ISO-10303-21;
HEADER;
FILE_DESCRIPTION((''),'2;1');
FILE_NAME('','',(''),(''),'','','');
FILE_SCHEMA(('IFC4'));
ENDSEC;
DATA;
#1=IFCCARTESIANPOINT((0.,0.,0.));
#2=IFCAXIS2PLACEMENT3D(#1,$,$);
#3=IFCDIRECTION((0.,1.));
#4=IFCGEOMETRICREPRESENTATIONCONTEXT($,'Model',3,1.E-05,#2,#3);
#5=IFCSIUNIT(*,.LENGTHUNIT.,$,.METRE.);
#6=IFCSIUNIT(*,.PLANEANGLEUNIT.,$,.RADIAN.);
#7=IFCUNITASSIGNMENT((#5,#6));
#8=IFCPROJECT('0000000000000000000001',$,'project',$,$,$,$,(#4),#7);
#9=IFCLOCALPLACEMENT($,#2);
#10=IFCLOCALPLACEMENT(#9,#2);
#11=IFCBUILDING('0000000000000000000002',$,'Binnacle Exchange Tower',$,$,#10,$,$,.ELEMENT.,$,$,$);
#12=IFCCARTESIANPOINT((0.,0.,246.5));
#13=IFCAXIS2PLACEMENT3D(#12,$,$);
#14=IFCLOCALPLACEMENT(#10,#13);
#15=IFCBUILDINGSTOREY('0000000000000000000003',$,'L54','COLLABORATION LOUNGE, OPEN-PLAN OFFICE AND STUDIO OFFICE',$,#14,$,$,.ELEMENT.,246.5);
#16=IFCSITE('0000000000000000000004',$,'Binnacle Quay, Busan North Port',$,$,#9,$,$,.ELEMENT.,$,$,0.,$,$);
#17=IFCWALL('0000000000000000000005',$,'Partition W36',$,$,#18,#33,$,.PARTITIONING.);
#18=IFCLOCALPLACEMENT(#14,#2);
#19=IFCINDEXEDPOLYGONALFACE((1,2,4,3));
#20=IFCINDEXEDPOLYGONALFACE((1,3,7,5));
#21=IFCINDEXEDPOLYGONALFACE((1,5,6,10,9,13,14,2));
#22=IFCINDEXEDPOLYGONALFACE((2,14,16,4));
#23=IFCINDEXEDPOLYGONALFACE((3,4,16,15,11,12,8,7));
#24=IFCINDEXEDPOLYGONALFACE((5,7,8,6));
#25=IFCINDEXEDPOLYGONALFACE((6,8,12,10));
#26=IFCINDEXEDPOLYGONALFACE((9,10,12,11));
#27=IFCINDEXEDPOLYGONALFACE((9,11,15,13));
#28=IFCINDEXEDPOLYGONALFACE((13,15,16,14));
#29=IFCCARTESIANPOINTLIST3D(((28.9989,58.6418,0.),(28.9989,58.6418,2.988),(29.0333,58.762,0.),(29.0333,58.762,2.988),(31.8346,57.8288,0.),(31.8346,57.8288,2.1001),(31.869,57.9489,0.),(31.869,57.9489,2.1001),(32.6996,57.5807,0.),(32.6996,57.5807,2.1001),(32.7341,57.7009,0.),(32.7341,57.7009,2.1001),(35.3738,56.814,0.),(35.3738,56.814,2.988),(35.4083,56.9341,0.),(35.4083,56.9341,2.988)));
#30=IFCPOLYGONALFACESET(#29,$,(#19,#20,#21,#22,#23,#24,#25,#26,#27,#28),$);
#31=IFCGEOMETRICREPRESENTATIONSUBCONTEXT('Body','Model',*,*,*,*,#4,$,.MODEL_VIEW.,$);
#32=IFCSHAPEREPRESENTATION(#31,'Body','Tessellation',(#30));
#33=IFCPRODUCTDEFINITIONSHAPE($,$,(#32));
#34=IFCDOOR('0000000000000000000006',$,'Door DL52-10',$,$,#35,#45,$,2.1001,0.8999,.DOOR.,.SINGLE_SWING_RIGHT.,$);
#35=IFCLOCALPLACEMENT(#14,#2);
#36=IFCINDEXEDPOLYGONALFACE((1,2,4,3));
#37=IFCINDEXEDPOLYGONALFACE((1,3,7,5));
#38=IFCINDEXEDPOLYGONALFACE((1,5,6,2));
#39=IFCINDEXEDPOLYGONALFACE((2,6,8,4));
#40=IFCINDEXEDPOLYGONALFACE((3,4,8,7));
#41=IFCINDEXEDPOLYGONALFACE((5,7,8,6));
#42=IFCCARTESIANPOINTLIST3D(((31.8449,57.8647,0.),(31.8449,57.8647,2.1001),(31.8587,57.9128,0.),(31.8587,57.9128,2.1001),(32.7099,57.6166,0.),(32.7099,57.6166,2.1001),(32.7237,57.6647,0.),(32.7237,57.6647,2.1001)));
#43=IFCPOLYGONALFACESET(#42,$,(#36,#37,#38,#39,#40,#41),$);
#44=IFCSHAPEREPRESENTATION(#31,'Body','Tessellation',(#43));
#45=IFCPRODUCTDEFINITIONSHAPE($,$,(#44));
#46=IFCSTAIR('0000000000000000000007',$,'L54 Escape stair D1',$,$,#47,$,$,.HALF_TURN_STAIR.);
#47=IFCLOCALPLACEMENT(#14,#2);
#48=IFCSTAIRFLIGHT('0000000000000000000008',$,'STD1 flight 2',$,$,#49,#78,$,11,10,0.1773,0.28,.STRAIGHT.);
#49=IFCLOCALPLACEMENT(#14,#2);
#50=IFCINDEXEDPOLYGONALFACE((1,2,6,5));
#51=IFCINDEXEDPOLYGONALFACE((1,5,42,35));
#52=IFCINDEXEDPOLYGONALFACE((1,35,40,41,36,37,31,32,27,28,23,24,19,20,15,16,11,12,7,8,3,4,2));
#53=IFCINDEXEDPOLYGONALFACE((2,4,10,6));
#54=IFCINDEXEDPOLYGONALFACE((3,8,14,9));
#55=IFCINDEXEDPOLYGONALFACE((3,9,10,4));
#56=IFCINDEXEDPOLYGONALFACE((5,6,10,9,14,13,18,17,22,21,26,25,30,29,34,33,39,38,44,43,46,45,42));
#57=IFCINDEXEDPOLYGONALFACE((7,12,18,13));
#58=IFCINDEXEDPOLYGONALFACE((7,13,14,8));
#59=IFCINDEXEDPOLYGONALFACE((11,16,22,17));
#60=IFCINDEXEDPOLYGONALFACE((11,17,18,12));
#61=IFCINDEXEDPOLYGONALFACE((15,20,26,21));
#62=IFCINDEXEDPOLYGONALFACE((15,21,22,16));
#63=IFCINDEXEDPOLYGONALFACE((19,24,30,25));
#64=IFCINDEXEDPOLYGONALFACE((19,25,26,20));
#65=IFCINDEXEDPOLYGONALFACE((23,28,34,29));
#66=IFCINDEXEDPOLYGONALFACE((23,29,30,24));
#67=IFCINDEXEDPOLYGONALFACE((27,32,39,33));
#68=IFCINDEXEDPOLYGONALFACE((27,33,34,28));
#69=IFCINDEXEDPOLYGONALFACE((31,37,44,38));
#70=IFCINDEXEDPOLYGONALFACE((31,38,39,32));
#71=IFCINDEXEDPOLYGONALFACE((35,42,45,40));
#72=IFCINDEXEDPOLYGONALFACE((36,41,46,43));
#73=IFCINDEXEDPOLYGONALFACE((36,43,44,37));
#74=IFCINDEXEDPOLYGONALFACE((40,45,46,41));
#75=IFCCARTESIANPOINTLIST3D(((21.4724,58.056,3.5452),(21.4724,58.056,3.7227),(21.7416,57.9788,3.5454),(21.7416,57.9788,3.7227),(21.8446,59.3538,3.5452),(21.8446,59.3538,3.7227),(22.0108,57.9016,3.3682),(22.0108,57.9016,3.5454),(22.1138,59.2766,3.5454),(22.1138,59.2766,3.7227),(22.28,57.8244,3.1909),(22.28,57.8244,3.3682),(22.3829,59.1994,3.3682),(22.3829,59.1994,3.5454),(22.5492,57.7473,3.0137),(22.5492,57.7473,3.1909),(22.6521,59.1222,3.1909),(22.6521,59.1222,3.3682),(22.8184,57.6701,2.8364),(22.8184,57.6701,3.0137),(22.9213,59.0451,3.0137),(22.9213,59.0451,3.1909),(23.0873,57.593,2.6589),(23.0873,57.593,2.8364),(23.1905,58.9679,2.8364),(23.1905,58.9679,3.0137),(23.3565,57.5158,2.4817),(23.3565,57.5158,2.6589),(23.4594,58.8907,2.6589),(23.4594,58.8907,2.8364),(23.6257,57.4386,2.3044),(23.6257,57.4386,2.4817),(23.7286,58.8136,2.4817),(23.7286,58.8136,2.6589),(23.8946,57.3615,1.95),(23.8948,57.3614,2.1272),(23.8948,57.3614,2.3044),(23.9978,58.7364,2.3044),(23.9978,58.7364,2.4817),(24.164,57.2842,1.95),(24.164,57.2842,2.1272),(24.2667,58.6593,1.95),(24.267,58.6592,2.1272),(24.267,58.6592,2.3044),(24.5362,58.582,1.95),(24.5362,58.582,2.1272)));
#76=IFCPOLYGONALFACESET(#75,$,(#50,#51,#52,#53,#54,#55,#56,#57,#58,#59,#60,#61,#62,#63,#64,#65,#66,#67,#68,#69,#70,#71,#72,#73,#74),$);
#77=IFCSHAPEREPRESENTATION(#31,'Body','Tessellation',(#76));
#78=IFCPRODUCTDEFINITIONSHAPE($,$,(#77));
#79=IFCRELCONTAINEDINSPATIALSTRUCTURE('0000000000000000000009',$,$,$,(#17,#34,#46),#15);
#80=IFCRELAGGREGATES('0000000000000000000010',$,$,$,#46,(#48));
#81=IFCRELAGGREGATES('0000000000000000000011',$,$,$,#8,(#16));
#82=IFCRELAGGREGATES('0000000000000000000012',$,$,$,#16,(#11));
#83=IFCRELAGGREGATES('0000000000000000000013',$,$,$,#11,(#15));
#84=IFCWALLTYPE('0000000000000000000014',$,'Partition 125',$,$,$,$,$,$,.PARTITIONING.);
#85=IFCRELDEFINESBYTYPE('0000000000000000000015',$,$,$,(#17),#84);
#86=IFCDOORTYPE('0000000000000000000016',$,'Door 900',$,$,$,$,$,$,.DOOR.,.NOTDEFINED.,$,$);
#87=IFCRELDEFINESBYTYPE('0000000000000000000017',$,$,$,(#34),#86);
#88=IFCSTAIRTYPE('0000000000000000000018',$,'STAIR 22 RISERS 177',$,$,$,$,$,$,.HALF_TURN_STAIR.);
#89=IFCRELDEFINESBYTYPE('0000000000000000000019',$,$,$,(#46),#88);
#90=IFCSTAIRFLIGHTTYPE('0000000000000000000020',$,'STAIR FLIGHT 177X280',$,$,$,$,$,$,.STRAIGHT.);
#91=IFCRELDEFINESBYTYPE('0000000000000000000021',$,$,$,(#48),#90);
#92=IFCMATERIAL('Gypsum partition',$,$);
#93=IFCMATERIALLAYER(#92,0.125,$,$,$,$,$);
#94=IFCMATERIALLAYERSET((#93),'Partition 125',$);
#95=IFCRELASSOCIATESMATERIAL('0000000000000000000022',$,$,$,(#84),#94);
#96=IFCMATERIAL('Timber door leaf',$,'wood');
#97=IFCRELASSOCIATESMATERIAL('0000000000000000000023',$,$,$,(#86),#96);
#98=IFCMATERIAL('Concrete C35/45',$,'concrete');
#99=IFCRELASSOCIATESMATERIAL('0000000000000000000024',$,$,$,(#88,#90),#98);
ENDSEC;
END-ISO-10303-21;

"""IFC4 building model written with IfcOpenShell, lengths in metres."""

from ifc_helpers import new_model, si_unit, direction, frame, frame_2d, origin, place, context, subcontext, project, spatial, polyline, rectangle, outline, extrude, material, layer, layer_set, type_object, element, fill, aggregate, save


model = new_model("IFC4")

# Units and contexts
model_context = context("Model", 3, precision=1e-05, world=origin(), true_north=direction((0.0, 1.0)))
body_context = subcontext(model_context, "Body", "Model", "MODEL_VIEW")
ifc_project = project(units=[si_unit("LENGTHUNIT", "METRE"), si_unit("PLANEANGLEUNIT", "RADIAN")], contexts=[model_context])

# Site, building, storey
site_placement = place(None, origin())
site = spatial("IfcSite", under=ifc_project, at=site_placement, Name="Binnacle Quay, Busan North Port", CompositionType="ELEMENT", RefElevation=0.0)
building_placement = place(site_placement, origin())
building = spatial("IfcBuilding", under=site, at=building_placement, Name="Binnacle Exchange Tower", CompositionType="ELEMENT")
storey_placement = place(building_placement, frame((0.0, 0.0, 246.5)))
storey = spatial("IfcBuildingStorey", under=building, at=storey_placement, Name="L54", Description="COLLABORATION LOUNGE, OPEN-PLAN OFFICE AND STUDIO OFFICE", CompositionType="ELEMENT", Elevation=246.5)

# Shared definitions
ifc_material_1 = material(Name="Gypsum partition")
ifc_layer_1 = layer(ifc_material_1, 0.125)
ifc_layer_set_1 = layer_set([ifc_layer_1], Name="Partition 125")
wall_type_1 = type_object("IfcWallType", Name="Partition 125", PredefinedType="PARTITIONING", material=ifc_layer_set_1)

# Wall, opening, door
wall_1_placement = place(storey_placement, frame((29.0161, 58.7019, 0.0), z_axis=(0.0, 0.0, 1.0), x_axis=(0.961267, -0.275621, 0.0)))
wall_1 = element("IfcWall", 1, at=wall_1_placement, inside=storey, type_object=wall_type_1, Name="Partition W36", PredefinedType="PARTITIONING", context=body_context, shape_type="SweptSolid", body=[
    extrude(rectangle(XDim=6.6318, YDim=0.125, at=frame_2d((3.3159, 0.0))), origin(), (0.0, 0.0, 1.0), 2.988),
])
opening_1_placement = place(wall_1_placement, frame((2.95, 0.0, 0.0)))
opening_1 = element("IfcOpeningElement", 2, at=opening_1_placement, cuts=wall_1, PredefinedType="OPENING", context=body_context, shape_type="SweptSolid", body=[
    extrude(rectangle(XDim=0.8999, YDim=2.1001, at=frame_2d((0.45, 1.05))), frame((0.0, 0.0725, 0.0), z_axis=(0.0, -1.0, 0.0), x_axis=(1.0, 0.0, 0.0)), (0.0, 0.0, 1.0), 0.145),
])
ifc_material_2 = material(Name="Timber door leaf", Category="wood")
door_type = type_object("IfcDoorType", Name="Door 900", OperationType="NOTDEFINED", PredefinedType="DOOR", material=ifc_material_2)
door_placement = place(opening_1_placement, origin())
door = element("IfcDoor", 3, at=door_placement, inside=storey, type_object=door_type, Name="Door DL52-10", OperationType="SINGLE_SWING_RIGHT", OverallHeight=2.1001, OverallWidth=0.8999, PredefinedType="DOOR", context=body_context, shape_type="SweptSolid", body=[
    extrude(rectangle(XDim=0.8999, YDim=2.1001, at=frame_2d((0.45, 1.05))), frame((0.0, 0.0249, 0.0), z_axis=(0.0, -1.0, 0.0), x_axis=(1.0, 0.0, 0.0)), (0.0, 0.0, 1.0), 0.05),
])
fill(opening_1, door)

# Stair, stair flight
ifc_material_3 = material(Name="Concrete C35/45", Category="concrete")
stair_type = type_object("IfcStairType", Name="STAIR 22 RISERS 177", PredefinedType="HALF_TURN_STAIR", material=ifc_material_3)
stair_placement = place(storey_placement, origin())
stair = element("IfcStair", 4, at=stair_placement, inside=storey, type_object=stair_type, Name="L54 Escape stair D1", PredefinedType="HALF_TURN_STAIR")
stair_flight_type = type_object("IfcStairFlightType", Name="STAIR FLIGHT 177X280", PredefinedType="STRAIGHT", material=ifc_material_3)
stair_flight_placement = place(storey_placement, frame((24.3501, 57.9331, 1.95), z_axis=(0.0, 0.0, 1.0), x_axis=(-0.961262, 0.275637, 0.0)))
stair_flight = element("IfcStairFlight", 5, at=stair_flight_placement, type_object=stair_flight_type, Name="STD1 flight 2", NumberOfRisers=11, NumberOfTreads=10, PredefinedType="STRAIGHT", RiserHeight=0.1773, TreadLength=0.28, context=body_context, shape_type="SweptSolid", body=[
    extrude(outline(polyline([(0.0, 0.0), (0.0, 0.1772), (0.28, 0.1772), (0.28, 0.3545), (0.5601, 0.3545), (0.5601, 0.5317), (0.8401, 0.5317), (0.8401, 0.709), (1.1201, 0.709), (1.1201, 0.8865), (1.3999, 0.8865), (1.3999, 1.0637), (1.6799, 1.0637), (1.6799, 1.241), (1.96, 1.241), (1.96, 1.4182), (2.24, 1.4182), (2.24, 1.5955), (2.52, 1.5955), (2.52, 1.7727), (2.8, 1.7727), (2.8, 1.95), (2.8, 1.5952), (0.2803, 0.0), (0.0, 0.0)])), frame((0.0, 0.675, 0.0), z_axis=(0.0, -1.0, 0.0), x_axis=(1.0, 0.0, 0.0)), (0.0, 0.0, 1.0), 1.3501),
])
aggregate(stair, [stair_flight])

save(model, "model.ifc")
